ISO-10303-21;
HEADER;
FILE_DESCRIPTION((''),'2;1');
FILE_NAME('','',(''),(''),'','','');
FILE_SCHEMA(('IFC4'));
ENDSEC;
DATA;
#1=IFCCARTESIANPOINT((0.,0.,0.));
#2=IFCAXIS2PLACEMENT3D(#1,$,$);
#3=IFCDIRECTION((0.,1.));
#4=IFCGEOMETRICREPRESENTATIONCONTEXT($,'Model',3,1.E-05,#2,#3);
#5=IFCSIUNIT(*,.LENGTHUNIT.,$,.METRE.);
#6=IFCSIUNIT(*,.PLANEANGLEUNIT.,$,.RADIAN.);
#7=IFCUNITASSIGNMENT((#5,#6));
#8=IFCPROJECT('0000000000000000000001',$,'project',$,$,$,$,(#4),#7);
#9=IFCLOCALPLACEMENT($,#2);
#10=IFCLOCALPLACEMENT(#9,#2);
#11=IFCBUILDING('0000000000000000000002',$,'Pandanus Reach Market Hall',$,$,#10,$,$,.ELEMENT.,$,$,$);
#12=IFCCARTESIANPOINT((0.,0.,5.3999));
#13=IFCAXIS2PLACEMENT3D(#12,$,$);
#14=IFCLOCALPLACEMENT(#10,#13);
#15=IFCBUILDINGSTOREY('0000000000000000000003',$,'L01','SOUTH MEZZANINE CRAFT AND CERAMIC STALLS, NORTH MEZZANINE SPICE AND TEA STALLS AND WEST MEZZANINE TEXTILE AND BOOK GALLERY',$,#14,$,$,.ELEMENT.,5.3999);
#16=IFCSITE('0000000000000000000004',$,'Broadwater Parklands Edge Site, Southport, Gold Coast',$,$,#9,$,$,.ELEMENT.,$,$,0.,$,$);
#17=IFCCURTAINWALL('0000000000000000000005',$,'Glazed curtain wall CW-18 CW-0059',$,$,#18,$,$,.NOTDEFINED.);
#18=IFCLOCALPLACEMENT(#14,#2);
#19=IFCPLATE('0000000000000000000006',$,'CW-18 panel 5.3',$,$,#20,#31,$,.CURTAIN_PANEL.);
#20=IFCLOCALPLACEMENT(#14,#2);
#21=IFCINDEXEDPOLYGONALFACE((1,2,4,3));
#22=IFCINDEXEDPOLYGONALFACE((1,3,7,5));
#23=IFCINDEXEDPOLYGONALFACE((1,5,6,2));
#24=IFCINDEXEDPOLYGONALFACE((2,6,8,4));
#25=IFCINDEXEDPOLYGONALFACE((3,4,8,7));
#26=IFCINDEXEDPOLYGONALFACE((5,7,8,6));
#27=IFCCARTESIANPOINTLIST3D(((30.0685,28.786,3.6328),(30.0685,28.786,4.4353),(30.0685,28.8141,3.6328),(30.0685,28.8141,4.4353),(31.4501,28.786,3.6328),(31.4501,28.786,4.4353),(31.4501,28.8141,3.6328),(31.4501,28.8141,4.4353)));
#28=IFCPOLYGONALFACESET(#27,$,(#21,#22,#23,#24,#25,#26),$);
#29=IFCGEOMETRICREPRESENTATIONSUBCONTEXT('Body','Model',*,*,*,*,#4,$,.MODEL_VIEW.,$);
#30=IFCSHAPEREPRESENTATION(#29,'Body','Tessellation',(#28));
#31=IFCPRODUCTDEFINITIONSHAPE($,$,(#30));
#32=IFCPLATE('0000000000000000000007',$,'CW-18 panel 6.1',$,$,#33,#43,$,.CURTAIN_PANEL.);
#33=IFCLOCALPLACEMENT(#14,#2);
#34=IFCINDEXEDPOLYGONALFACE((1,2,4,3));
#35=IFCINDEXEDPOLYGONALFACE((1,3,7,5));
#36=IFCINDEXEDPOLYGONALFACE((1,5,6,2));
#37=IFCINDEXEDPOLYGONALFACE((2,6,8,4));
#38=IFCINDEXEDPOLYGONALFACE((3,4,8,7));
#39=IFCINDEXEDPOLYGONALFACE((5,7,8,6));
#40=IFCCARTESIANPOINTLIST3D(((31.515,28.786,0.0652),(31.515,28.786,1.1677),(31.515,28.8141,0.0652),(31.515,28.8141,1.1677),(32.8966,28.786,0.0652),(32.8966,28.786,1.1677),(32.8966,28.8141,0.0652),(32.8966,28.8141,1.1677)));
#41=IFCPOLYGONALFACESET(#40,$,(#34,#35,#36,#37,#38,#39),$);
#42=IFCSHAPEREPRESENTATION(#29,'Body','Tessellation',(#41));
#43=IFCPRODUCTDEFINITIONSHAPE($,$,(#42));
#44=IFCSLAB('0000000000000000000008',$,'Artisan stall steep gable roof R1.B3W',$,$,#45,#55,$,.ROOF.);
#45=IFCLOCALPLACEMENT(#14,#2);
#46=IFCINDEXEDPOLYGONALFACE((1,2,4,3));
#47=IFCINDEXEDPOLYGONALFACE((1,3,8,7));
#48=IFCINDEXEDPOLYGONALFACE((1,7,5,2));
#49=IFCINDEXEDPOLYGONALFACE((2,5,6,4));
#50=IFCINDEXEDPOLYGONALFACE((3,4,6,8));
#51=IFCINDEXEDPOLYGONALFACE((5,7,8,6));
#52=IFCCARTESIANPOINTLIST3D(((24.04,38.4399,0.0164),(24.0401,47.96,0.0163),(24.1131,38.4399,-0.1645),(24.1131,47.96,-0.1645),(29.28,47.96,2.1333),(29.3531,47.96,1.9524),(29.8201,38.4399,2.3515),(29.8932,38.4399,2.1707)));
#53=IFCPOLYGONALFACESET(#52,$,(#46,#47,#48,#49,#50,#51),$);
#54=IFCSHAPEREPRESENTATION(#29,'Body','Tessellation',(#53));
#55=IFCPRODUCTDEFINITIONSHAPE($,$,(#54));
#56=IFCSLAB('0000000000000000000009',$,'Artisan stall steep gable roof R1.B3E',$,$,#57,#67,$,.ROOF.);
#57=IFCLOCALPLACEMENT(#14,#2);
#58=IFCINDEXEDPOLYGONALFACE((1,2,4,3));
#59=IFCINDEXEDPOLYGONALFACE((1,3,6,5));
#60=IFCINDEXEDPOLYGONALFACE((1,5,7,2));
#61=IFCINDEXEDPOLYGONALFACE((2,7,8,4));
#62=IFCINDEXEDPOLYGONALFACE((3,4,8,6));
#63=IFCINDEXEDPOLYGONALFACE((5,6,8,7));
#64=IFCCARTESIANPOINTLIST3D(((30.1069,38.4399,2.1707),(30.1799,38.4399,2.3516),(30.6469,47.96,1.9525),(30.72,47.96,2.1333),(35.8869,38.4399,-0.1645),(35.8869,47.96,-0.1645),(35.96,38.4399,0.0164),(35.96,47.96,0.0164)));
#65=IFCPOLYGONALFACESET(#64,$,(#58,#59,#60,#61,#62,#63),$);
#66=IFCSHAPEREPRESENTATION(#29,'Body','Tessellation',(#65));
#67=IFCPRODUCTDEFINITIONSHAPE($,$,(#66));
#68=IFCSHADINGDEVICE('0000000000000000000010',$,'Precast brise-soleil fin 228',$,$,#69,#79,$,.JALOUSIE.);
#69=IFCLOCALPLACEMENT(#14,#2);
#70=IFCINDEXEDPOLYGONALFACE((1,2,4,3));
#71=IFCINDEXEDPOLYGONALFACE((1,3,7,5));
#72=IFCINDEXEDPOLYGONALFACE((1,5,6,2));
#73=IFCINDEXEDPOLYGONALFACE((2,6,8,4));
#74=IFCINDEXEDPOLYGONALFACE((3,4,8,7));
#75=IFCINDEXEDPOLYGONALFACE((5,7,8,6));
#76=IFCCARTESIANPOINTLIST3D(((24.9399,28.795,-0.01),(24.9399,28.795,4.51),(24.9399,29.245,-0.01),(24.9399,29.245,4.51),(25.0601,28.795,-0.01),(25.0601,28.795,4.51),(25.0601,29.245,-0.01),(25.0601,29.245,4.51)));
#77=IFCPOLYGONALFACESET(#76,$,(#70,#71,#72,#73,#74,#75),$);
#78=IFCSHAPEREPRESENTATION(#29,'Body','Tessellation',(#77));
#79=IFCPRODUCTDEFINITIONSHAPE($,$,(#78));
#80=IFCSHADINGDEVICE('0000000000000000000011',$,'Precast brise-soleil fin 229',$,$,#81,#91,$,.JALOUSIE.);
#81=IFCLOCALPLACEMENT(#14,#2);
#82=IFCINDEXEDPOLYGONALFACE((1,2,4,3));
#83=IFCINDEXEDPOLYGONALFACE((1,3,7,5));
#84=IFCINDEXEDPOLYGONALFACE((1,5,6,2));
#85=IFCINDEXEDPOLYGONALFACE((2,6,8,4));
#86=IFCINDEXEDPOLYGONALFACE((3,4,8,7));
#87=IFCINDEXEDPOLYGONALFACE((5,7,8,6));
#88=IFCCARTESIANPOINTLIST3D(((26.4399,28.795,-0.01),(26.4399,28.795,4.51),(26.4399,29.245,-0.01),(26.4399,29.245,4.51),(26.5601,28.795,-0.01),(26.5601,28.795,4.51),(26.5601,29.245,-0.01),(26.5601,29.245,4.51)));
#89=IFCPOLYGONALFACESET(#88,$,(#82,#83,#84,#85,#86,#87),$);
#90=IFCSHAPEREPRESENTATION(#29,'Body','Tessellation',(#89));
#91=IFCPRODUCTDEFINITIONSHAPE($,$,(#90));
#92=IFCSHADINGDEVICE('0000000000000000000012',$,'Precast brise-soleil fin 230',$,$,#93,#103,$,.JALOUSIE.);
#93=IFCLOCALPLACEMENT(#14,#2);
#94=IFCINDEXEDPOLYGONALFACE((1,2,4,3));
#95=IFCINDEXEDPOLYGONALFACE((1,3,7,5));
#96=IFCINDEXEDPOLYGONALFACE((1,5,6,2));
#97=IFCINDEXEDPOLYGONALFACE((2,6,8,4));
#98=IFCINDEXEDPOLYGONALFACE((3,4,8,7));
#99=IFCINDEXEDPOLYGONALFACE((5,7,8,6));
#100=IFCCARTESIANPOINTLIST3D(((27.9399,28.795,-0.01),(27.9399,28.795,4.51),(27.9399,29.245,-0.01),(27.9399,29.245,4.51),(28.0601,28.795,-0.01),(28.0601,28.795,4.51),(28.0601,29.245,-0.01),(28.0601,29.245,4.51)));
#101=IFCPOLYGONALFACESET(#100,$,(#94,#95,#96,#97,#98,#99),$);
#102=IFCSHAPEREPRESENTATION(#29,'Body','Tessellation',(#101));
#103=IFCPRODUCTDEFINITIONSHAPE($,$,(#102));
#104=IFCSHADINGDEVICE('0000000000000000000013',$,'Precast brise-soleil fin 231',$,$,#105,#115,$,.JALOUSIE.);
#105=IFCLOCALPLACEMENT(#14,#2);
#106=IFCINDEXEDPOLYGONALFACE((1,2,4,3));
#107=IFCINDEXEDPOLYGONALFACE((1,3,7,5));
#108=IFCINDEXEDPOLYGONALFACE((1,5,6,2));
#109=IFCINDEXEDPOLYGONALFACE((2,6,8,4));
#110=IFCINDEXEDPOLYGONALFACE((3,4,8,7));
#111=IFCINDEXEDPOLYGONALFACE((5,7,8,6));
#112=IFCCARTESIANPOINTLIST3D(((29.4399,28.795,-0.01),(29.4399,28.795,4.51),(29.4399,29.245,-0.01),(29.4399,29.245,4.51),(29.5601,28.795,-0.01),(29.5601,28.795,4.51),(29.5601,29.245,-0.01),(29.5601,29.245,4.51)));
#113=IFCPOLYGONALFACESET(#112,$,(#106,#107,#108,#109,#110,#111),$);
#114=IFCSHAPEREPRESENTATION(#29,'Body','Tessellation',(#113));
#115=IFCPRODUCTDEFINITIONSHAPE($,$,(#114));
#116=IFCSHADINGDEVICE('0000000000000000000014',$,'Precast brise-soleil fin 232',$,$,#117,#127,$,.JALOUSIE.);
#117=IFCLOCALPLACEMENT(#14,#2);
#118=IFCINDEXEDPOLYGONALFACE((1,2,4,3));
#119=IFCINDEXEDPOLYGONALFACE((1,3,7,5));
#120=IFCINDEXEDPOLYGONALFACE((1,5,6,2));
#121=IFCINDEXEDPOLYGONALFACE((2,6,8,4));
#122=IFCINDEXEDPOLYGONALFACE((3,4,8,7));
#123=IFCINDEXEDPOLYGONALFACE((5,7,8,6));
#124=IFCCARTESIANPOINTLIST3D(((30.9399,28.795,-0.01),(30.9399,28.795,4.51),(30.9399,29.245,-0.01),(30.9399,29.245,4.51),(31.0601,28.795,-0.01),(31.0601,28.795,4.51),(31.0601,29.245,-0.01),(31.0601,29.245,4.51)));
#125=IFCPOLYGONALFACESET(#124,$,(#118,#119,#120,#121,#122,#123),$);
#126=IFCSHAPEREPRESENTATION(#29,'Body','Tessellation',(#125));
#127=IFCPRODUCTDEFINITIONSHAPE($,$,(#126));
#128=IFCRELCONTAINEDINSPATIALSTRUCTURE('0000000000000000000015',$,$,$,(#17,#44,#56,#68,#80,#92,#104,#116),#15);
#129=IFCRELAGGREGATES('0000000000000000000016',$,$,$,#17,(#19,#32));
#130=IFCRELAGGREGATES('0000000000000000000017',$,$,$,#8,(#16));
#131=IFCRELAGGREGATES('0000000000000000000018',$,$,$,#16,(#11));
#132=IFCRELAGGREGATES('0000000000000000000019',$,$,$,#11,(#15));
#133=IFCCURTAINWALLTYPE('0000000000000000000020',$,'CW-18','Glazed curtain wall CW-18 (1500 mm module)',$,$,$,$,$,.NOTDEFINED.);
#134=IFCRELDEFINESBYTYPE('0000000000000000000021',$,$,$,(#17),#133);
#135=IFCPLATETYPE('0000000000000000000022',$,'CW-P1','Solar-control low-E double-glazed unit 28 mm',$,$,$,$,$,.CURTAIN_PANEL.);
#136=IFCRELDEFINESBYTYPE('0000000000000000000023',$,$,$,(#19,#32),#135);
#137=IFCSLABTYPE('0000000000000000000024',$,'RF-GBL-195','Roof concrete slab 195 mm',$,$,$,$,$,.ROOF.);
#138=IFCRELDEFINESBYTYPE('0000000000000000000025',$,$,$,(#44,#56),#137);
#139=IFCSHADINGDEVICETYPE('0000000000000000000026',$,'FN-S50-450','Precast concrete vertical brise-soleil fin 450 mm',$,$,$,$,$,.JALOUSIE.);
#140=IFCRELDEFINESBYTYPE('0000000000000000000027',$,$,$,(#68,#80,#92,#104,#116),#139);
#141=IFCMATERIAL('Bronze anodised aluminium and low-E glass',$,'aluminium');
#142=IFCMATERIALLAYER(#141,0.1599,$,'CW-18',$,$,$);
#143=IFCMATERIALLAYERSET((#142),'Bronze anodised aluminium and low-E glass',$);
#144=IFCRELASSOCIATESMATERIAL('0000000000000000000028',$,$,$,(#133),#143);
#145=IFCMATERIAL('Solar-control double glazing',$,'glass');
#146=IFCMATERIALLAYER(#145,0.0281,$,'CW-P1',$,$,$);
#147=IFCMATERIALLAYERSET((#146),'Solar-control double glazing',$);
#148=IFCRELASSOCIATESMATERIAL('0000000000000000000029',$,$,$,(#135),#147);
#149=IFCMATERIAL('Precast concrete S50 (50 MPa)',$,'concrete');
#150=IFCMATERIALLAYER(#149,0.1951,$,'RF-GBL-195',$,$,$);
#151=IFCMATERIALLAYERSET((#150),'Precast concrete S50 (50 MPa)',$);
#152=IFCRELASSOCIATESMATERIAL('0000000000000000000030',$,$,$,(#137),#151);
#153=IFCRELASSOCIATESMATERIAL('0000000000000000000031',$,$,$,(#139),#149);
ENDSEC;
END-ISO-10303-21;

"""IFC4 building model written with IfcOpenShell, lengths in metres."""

from ifc_helpers import new_model, si_unit, direction, frame, origin, origin_2d, place, context, subcontext, project, spatial, polyline, rectangle, outline, extrude, material, layer, layer_set, type_object, element, aggregate, save


model = new_model("IFC4")

# Units and contexts
model_context = context("Model", 3, precision=1e-05, world=origin(), true_north=direction((0.0, 1.0)))
body_context = subcontext(model_context, "Body", "Model", "MODEL_VIEW")
ifc_project = project(units=[si_unit("LENGTHUNIT", "METRE"), si_unit("PLANEANGLEUNIT", "RADIAN")], contexts=[model_context])

# Site, building, storey
site_placement = place(None, origin())
site = spatial("IfcSite", under=ifc_project, at=site_placement, Name="Broadwater Parklands Edge Site, Southport, Gold Coast", CompositionType="ELEMENT", RefElevation=0.0)
building_placement = place(site_placement, origin())
building = spatial("IfcBuilding", under=site, at=building_placement, Name="Pandanus Reach Market Hall", CompositionType="ELEMENT")
storey_placement = place(building_placement, frame((0.0, 0.0, 5.3999)))
storey = spatial("IfcBuildingStorey", under=building, at=storey_placement, Name="L01", Description="SOUTH MEZZANINE CRAFT AND CERAMIC STALLS, NORTH MEZZANINE SPICE AND TEA STALLS AND WEST MEZZANINE TEXTILE AND BOOK GALLERY", CompositionType="ELEMENT", Elevation=5.3999)

# Curtain wall, plates
ifc_material_1 = material(Name="Bronze anodised aluminium and low-E glass", Category="aluminium")
ifc_layer_1 = layer(ifc_material_1, 0.1599, Name="CW-18")
ifc_layer_set_1 = layer_set([ifc_layer_1], Name="Bronze anodised aluminium and low-E glass")
curtain_wall_type = type_object("IfcCurtainWallType", Name="CW-18", Description="Glazed curtain wall CW-18 (1500 mm module)", PredefinedType="NOTDEFINED", material=ifc_layer_set_1)
curtain_wall_placement = place(storey_placement, origin())
curtain_wall = element("IfcCurtainWall", 1, at=curtain_wall_placement, inside=storey, type_object=curtain_wall_type, Name="Glazed curtain wall CW-18 CW-0059", PredefinedType="NOTDEFINED")
ifc_material_2 = material(Name="Solar-control double glazing", Category="glass")
ifc_layer_2 = layer(ifc_material_2, 0.0281, Name="CW-P1")
ifc_layer_set_2 = layer_set([ifc_layer_2], Name="Solar-control double glazing")
plate_type = type_object("IfcPlateType", Name="CW-P1", Description="Solar-control low-E double-glazed unit 28 mm", PredefinedType="CURTAIN_PANEL", material=ifc_layer_set_2)
plate_1_placement = place(storey_placement, frame((30.7593, 28.8, 3.6328), z_axis=(0.0, 0.0, 1.0), x_axis=(1.0, 0.0, 0.0)))
plate_1 = element("IfcPlate", 2, at=plate_1_placement, type_object=plate_type, Name="CW-18 panel 5.3", PredefinedType="CURTAIN_PANEL", context=body_context, shape_type="SweptSolid", body=[
    extrude(rectangle(XDim=1.3816, YDim=0.0281, at=origin_2d()), origin(), (0.0, 0.0, 1.0), 0.8025),
])
plate_2_placement = place(storey_placement, frame((32.2058, 28.8, 0.0652), z_axis=(0.0, 0.0, 1.0), x_axis=(1.0, 0.0, 0.0)))
plate_2 = element("IfcPlate", 3, at=plate_2_placement, type_object=plate_type, Name="CW-18 panel 6.1", PredefinedType="CURTAIN_PANEL", context=body_context, shape_type="SweptSolid", body=[
    extrude(rectangle(XDim=1.3816, YDim=0.0281, at=origin_2d()), origin(), (0.0, 0.0, 1.0), 1.1025),
])
aggregate(curtain_wall, [plate_1, plate_2])

# Slabs
ifc_material_3 = material(Name="Precast concrete S50 (50 MPa)", Category="concrete")
ifc_layer_3 = layer(ifc_material_3, 0.1951, Name="RF-GBL-195")
ifc_layer_set_3 = layer_set([ifc_layer_3], Name="Precast concrete S50 (50 MPa)")
slab_type = type_object("IfcSlabType", Name="RF-GBL-195", Description="Roof concrete slab 195 mm", PredefinedType="ROOF", material=ifc_layer_set_3)
slab_1_placement = place(storey_placement, frame((24.04, 38.4399, 0.0164), z_axis=(-0.37459, 0.000004, 0.927191), x_axis=(0.927191, 0.0, 0.37459)))
element("IfcSlab", 4, at=slab_1_placement, inside=storey, type_object=slab_type, Name="Artisan stall steep gable roof R1.B3W", PredefinedType="ROOF", context=body_context, shape_type="SweptSolid", body=[
    extrude(outline(polyline([(0.0, 0.0), (6.2339, 0.0), (5.6515, 9.52), (0.0, 9.52), (0.0, 0.0)])), origin(), (0.0, 0.0, -1.0), 0.1951),
])
slab_2_placement = place(storey_placement, frame((30.1799, 38.4399, 2.3516), z_axis=(0.37459, 0.000004, 0.927191), x_axis=(0.927191, 0.0, -0.37459)))
element("IfcSlab", 5, at=slab_2_placement, inside=storey, type_object=slab_type, Name="Artisan stall steep gable roof R1.B3E", PredefinedType="ROOF", context=body_context, shape_type="SweptSolid", body=[
    extrude(outline(polyline([(0.0, 0.0), (6.2339, 0.0), (6.2339, 9.52), (0.5825, 9.52), (0.0, 0.0)])), origin(), (0.0, 0.0, -1.0), 0.1951),
])

# Shading devices
shading_device_type = type_object("IfcShadingDeviceType", Name="FN-S50-450", Description="Precast concrete vertical brise-soleil fin 450 mm", PredefinedType="JALOUSIE", material=ifc_material_3)
for number, where, z_axis, x_axis, name in (
    (6, (25.0, 29.02, -0.01), (0.0, 0.0, 1.0), (0.0, 1.0, 0.0), "Precast brise-soleil fin 228"),
    (7, (26.5, 29.02, -0.01), (0.0, 0.0, 1.0), (0.0, 1.0, 0.0), "Precast brise-soleil fin 229"),
    (8, (28.0, 29.02, -0.01), (0.0, 0.0, 1.0), (0.0, 1.0, 0.0), "Precast brise-soleil fin 230"),
    (9, (29.5, 29.02, -0.01), (0.0, 0.0, 1.0), (0.0, 1.0, 0.0), "Precast brise-soleil fin 231"),
    (10, (31.0, 29.02, -0.01), (0.0, 0.0, 1.0), (0.0, 1.0, 0.0), "Precast brise-soleil fin 232"),
):
    element("IfcShadingDevice", number, at=place(storey_placement, frame(where, z_axis=z_axis, x_axis=x_axis)), inside=storey, type_object=shading_device_type, Name=name, PredefinedType="JALOUSIE", context=body_context, shape_type="SweptSolid", body=[
        extrude(rectangle(XDim=0.45, YDim=0.1201, at=origin_2d()), origin(), (0.0, 0.0, 1.0), 4.52),
    ])

save(model, "model.ifc")
